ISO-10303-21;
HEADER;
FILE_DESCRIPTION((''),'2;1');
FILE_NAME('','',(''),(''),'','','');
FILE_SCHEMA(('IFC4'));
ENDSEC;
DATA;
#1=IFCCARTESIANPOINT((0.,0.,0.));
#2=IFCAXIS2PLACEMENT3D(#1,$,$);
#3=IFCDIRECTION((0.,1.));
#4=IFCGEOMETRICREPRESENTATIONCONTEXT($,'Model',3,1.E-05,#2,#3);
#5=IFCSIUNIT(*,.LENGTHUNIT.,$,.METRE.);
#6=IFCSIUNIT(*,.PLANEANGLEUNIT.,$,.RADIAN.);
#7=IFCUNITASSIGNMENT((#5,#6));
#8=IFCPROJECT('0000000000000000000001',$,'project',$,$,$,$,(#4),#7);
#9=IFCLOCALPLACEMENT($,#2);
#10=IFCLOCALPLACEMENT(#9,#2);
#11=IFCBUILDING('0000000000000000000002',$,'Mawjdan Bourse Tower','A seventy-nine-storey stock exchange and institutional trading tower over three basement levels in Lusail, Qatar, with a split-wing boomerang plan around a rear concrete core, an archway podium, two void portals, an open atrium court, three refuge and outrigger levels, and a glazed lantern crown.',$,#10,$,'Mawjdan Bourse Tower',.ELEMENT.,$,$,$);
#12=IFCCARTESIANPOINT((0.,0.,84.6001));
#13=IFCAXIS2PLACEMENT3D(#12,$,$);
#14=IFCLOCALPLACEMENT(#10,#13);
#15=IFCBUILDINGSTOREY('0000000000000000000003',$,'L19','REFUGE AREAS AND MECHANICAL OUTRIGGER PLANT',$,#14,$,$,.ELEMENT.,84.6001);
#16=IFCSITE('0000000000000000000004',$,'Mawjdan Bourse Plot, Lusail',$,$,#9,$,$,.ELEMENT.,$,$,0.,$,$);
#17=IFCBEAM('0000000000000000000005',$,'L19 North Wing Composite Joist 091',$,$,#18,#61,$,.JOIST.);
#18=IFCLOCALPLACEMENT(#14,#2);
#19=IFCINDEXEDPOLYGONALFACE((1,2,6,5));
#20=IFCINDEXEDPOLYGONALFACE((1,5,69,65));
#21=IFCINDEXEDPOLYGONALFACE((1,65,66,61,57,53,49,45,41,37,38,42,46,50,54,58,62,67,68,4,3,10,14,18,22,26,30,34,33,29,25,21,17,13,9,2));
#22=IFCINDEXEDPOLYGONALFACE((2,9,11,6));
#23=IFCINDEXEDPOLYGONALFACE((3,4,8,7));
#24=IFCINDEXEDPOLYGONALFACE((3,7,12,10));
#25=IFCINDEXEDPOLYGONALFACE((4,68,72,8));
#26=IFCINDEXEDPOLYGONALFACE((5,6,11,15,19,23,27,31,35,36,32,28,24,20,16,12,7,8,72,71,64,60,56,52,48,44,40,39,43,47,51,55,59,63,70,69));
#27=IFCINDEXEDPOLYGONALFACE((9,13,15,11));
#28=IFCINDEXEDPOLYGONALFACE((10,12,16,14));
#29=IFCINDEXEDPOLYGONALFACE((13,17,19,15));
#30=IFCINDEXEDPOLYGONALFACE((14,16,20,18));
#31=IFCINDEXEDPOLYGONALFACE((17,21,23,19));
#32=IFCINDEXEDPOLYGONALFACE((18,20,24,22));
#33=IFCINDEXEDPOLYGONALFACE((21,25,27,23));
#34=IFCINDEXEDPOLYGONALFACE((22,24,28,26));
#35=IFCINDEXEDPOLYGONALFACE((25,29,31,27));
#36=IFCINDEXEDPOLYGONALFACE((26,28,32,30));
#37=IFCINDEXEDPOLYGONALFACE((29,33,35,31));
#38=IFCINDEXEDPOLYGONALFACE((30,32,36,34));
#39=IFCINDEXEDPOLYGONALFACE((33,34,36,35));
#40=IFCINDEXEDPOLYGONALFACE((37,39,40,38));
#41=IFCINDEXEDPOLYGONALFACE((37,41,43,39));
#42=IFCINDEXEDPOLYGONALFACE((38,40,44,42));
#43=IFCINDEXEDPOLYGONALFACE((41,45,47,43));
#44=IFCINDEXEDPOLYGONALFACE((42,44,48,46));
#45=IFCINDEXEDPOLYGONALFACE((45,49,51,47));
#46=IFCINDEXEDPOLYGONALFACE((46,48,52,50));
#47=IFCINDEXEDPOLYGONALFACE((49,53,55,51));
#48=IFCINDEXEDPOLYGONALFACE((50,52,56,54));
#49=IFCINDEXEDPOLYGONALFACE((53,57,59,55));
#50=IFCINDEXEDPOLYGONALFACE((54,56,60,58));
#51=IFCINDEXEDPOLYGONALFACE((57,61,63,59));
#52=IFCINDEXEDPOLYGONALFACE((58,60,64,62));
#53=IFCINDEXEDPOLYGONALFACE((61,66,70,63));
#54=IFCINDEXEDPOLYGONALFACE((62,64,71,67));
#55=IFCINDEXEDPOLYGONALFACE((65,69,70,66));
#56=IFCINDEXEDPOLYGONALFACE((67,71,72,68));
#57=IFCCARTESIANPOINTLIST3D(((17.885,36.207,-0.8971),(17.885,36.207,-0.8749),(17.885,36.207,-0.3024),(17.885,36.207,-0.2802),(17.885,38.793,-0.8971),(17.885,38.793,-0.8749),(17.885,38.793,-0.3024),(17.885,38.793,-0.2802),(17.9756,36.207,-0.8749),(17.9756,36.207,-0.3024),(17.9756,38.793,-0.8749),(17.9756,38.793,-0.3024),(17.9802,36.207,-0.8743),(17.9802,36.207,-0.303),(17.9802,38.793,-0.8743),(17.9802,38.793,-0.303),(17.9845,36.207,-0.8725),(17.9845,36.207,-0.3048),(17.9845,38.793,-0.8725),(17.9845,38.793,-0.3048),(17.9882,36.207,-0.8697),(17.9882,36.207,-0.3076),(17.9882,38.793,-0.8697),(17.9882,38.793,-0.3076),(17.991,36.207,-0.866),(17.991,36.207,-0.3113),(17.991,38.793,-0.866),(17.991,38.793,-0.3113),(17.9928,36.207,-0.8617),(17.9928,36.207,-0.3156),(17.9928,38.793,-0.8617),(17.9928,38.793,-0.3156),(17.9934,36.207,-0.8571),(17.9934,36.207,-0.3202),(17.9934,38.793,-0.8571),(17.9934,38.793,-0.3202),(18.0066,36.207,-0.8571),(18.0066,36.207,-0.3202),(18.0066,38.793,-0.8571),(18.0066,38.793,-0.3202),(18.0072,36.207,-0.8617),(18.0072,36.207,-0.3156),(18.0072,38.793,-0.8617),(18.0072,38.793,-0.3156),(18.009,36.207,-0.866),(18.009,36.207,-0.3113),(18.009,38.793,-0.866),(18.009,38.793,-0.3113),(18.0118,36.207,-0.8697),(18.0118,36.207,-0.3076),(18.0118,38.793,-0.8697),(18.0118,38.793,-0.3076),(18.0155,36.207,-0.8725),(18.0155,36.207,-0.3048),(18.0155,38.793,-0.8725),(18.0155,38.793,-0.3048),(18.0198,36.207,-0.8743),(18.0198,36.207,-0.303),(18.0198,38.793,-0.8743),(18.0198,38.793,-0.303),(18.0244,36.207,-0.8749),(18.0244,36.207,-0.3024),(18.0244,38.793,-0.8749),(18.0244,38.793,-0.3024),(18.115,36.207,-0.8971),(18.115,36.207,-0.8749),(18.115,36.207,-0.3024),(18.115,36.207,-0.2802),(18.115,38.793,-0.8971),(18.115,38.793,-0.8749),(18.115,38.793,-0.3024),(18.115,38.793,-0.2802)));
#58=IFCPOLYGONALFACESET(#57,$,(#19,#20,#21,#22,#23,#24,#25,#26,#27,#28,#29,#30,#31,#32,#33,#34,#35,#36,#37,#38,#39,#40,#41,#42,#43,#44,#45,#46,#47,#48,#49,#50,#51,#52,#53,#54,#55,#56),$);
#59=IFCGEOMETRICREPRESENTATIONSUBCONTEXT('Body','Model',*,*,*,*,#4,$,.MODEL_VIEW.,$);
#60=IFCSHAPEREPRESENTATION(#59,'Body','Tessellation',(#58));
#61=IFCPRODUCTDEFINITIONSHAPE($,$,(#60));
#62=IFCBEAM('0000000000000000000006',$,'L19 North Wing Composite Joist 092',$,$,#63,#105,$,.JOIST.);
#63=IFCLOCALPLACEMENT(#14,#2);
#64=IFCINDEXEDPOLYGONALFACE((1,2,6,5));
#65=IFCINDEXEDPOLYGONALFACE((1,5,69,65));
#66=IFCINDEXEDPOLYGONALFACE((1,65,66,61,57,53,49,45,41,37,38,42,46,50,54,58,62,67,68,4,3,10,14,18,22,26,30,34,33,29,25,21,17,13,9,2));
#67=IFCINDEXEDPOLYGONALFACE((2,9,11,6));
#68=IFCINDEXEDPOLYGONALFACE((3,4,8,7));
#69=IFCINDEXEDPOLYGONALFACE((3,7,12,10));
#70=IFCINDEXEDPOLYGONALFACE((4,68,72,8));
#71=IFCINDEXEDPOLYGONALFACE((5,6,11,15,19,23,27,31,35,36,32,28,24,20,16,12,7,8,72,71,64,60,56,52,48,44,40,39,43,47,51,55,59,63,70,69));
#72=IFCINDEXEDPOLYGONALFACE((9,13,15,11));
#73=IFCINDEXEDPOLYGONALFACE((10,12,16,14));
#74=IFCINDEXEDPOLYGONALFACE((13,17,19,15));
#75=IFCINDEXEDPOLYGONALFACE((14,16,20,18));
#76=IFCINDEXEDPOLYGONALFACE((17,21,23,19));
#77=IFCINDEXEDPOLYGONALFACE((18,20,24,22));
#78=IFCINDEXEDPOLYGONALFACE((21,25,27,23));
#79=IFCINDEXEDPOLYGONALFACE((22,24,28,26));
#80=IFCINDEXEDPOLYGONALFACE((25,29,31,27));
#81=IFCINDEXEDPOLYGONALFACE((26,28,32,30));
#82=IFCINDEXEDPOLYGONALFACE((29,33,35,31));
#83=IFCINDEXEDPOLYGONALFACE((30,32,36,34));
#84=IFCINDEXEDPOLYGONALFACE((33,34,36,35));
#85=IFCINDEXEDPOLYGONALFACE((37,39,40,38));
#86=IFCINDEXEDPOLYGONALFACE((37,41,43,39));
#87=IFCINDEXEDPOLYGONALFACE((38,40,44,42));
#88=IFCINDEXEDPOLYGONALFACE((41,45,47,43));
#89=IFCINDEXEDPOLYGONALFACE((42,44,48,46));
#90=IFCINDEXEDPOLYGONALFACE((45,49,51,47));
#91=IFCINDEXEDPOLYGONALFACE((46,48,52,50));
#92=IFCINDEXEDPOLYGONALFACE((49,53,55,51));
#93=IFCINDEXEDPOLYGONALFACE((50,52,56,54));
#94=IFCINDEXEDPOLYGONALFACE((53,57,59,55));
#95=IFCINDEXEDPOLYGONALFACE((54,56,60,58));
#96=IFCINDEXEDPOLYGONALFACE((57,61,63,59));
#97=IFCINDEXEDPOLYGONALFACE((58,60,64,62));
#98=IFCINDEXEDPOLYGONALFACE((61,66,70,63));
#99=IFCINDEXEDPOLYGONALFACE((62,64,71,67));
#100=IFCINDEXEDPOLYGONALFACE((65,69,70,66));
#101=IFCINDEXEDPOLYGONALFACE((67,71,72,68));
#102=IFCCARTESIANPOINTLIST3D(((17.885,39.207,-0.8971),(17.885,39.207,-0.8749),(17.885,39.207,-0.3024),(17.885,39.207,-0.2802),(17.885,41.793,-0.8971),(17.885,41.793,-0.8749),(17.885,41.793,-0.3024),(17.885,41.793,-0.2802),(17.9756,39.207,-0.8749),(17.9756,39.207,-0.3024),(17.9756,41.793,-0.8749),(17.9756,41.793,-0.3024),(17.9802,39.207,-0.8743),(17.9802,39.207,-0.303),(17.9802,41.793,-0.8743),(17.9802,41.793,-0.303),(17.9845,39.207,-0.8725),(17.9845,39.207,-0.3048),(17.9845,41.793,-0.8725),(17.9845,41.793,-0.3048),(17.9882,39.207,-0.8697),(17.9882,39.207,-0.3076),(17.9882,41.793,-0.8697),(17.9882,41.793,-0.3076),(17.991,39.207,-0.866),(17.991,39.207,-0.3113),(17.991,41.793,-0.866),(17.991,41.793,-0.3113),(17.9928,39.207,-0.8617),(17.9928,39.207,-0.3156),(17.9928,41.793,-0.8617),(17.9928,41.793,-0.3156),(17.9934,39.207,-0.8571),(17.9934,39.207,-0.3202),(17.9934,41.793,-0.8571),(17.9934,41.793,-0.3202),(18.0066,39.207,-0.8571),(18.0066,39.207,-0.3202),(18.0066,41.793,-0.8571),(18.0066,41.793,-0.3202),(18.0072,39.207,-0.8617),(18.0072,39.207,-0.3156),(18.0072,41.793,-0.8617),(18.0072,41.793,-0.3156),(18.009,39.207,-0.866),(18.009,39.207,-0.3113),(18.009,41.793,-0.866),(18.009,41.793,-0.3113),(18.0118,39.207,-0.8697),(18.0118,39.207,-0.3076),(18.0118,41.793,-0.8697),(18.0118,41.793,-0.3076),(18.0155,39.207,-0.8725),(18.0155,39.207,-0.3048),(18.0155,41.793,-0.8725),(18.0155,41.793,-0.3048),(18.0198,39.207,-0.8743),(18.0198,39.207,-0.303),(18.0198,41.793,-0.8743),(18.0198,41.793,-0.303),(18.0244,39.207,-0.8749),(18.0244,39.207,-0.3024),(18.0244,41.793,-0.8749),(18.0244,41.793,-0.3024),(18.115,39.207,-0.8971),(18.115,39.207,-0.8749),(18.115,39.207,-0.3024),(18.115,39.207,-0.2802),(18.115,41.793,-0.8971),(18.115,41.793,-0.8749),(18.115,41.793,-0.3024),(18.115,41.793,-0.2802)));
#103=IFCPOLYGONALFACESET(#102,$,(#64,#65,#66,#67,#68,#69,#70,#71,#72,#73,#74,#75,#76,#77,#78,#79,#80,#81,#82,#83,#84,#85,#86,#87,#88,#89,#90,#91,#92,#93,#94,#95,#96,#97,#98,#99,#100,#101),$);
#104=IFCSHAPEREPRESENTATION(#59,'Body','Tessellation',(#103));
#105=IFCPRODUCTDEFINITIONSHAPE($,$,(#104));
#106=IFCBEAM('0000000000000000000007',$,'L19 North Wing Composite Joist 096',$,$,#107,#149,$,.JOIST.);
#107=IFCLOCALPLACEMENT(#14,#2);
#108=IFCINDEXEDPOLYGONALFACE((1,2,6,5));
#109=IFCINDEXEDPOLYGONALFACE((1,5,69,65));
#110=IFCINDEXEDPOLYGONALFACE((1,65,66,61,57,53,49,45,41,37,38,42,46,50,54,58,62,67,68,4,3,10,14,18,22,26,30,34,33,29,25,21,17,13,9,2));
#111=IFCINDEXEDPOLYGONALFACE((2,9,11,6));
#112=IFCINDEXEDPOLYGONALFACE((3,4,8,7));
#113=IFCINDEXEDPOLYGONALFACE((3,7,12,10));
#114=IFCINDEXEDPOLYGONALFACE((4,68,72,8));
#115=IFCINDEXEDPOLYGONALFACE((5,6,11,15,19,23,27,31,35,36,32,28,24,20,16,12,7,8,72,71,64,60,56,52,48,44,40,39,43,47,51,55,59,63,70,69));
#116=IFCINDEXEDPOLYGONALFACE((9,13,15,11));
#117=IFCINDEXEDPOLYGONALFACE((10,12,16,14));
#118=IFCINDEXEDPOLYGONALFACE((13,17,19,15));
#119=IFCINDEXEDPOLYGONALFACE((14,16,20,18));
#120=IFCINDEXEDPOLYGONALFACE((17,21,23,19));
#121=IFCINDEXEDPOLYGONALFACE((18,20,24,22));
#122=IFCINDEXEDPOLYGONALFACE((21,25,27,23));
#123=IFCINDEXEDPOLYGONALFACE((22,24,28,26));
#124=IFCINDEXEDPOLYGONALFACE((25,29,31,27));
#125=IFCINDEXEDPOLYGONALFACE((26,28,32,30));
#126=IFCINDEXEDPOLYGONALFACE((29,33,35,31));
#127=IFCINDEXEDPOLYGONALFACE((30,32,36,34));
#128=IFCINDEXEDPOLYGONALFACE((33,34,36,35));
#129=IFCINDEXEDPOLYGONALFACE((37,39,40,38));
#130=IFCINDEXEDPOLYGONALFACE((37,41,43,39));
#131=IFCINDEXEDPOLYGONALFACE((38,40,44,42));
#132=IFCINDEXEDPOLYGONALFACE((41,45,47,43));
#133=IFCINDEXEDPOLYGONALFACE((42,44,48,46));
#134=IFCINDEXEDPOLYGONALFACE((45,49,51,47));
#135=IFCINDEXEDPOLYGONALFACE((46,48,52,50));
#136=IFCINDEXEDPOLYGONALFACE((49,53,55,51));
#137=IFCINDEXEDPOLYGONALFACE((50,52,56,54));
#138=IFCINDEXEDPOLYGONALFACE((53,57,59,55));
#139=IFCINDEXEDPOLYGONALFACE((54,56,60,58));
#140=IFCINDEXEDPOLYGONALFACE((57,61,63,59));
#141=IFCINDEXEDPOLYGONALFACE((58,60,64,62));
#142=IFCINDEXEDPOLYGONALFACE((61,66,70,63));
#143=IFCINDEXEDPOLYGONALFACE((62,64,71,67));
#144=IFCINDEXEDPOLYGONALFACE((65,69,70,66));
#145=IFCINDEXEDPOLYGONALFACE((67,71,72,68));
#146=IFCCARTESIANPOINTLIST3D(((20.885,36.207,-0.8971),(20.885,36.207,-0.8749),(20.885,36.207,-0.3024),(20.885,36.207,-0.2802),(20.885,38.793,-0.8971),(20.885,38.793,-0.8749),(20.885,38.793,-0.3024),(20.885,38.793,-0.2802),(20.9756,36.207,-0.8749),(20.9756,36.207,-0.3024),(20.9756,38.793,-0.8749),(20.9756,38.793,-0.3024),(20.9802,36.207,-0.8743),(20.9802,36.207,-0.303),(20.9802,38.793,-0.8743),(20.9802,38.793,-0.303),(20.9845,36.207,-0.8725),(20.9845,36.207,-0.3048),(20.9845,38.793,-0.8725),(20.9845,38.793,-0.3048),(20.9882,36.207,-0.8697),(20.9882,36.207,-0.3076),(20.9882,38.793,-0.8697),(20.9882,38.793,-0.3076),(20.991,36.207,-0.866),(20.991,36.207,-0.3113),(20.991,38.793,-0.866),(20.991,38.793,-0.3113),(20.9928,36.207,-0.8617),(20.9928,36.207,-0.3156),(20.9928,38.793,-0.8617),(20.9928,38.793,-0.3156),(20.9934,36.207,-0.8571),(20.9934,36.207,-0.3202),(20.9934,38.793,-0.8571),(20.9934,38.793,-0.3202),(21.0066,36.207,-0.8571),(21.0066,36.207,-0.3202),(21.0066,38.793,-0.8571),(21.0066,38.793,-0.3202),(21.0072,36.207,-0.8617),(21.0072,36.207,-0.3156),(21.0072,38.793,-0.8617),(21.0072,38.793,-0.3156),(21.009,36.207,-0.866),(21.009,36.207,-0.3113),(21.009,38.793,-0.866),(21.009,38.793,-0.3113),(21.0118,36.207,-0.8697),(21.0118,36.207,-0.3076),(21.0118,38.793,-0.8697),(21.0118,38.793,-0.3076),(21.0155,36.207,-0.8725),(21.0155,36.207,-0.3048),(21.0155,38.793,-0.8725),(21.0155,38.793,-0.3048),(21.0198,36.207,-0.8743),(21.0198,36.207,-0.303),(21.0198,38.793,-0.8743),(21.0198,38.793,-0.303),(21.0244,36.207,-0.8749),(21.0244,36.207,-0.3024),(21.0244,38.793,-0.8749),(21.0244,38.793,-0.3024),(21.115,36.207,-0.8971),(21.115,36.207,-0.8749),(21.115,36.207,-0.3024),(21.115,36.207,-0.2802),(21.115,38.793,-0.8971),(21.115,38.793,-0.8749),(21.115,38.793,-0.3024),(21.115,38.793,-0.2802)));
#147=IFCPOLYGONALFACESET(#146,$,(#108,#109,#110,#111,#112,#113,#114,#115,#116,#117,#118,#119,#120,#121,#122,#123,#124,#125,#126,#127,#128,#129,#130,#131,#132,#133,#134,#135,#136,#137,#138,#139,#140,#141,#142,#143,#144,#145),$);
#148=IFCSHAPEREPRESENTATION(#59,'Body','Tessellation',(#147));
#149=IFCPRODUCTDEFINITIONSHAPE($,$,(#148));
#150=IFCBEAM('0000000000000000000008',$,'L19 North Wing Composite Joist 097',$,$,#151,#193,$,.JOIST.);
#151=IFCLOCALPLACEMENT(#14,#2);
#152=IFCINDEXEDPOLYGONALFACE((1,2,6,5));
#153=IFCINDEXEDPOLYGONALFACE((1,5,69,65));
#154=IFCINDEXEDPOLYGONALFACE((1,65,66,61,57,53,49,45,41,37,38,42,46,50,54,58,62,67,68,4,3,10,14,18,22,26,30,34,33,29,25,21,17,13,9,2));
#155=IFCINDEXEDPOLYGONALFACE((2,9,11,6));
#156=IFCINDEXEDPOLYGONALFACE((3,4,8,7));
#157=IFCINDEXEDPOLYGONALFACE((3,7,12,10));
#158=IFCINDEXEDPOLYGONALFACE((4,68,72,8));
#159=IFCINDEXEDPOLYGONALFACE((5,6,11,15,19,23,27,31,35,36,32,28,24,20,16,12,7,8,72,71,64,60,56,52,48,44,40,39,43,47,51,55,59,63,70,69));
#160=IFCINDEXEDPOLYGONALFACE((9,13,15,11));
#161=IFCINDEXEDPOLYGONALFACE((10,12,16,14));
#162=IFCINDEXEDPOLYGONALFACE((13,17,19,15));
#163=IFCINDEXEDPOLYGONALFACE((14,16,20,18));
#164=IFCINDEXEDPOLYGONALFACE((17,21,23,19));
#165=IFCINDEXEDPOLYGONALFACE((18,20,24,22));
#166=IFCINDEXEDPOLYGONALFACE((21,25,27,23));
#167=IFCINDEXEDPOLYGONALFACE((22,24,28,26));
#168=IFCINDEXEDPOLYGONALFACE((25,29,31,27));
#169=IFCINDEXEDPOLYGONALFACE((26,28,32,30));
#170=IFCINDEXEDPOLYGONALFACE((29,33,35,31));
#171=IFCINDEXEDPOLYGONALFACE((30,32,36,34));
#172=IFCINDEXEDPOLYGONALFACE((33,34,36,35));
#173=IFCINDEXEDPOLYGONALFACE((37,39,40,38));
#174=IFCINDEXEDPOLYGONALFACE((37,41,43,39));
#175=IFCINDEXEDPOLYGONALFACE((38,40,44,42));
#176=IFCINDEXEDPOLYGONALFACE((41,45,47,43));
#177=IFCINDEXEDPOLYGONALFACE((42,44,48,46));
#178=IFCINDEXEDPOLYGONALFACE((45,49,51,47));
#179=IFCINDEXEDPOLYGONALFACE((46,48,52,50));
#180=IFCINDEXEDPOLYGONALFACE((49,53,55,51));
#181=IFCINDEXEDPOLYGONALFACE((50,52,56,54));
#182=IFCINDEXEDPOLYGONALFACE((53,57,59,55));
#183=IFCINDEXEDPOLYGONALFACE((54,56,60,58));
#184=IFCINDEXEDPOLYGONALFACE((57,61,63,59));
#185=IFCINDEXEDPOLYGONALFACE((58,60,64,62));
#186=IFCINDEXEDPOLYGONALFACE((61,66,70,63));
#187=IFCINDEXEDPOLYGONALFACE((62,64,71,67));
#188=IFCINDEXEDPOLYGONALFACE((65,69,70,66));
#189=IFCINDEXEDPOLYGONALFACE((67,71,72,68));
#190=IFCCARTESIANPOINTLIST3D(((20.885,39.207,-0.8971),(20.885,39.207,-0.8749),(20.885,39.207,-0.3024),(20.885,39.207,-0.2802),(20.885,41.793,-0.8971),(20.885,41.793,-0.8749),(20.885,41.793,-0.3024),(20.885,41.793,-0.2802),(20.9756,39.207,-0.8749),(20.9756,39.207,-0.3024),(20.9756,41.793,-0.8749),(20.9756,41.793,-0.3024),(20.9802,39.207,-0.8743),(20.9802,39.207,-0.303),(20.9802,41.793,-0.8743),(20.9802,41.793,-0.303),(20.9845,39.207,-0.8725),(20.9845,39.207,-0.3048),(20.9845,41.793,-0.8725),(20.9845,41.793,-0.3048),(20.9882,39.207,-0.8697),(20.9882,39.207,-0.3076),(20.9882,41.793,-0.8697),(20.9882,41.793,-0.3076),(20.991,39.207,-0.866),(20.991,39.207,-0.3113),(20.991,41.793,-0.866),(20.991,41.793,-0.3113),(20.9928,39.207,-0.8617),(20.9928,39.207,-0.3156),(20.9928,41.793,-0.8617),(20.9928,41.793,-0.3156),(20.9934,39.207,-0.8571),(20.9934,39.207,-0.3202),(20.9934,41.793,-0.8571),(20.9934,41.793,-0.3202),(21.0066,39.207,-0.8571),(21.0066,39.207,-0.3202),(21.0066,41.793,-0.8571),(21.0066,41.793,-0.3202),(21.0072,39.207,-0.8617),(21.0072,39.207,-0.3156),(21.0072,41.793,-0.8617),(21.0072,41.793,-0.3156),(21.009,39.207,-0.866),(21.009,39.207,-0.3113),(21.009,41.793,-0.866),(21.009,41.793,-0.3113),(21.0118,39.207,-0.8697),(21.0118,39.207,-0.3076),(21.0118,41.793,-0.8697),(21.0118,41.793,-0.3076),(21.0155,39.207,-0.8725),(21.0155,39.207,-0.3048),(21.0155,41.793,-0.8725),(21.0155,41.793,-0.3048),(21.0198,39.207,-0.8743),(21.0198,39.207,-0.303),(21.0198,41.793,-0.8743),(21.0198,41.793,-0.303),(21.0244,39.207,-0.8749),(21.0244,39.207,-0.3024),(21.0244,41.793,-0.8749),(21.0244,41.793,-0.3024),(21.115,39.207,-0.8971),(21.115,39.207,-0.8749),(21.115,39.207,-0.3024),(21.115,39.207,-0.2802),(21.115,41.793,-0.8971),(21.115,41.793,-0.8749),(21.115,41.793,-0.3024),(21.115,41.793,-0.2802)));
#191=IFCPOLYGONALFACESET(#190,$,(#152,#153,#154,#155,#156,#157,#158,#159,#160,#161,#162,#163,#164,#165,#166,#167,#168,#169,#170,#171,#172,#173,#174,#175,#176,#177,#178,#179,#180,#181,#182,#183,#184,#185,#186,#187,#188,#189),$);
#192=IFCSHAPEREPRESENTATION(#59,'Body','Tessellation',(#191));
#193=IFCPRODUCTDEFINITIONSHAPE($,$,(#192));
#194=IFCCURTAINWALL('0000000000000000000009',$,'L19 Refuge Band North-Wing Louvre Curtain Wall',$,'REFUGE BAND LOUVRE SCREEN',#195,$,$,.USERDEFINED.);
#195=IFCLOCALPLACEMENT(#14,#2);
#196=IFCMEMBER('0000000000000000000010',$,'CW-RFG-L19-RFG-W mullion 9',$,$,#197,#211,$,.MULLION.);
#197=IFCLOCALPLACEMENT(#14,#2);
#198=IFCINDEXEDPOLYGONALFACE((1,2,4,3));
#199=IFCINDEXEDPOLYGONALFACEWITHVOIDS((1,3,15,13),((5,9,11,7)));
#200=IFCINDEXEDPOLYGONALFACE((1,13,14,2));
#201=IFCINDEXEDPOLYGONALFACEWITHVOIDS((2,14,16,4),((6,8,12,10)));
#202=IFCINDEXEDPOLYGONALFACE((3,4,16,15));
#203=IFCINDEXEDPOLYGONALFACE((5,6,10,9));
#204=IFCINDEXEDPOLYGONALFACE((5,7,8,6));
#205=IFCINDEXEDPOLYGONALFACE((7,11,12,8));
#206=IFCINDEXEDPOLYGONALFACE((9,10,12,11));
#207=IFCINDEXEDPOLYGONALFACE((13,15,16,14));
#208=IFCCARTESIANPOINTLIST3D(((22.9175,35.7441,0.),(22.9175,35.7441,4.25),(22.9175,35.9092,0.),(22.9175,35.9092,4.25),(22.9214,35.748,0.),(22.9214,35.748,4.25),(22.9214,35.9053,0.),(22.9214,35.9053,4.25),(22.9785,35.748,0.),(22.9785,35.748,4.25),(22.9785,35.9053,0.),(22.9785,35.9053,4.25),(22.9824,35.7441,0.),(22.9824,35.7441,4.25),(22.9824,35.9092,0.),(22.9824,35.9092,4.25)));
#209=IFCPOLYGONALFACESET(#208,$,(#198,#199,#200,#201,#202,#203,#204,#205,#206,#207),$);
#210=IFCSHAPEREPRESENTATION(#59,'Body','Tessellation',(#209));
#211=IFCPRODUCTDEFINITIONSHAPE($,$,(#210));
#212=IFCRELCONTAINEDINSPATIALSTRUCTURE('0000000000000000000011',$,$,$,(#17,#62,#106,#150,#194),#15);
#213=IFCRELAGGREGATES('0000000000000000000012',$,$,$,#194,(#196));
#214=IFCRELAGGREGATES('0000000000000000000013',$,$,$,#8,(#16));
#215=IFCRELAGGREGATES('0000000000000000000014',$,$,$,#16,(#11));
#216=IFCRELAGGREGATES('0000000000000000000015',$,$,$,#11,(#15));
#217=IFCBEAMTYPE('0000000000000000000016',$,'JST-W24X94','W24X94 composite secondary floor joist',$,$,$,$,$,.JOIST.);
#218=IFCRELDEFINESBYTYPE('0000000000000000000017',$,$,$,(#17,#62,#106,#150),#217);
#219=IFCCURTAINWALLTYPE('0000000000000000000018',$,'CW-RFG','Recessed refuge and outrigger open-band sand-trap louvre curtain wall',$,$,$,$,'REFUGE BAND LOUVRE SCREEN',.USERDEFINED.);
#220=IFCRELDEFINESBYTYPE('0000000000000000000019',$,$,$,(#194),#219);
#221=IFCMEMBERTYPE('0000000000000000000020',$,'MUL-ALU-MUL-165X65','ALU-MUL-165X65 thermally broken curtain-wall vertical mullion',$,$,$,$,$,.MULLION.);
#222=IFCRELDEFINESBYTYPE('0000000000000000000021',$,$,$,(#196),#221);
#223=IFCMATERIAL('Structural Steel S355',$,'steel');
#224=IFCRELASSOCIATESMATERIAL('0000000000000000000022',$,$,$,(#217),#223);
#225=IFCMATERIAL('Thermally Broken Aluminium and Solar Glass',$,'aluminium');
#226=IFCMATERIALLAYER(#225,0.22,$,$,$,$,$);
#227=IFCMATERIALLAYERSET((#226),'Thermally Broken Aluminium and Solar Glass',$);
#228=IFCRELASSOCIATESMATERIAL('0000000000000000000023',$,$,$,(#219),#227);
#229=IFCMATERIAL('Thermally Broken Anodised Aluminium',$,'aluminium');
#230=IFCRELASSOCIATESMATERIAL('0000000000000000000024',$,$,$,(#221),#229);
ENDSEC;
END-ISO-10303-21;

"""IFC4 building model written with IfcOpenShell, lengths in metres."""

from ifc_helpers import new_model, si_unit, direction, frame, origin, origin_2d, place, context, subcontext, project, spatial, hollow_rectangle, i_section, extrude, material, layer, layer_set, material_profile, profile_set, type_object, element, aggregate, save


model = new_model("IFC4")

# Units and contexts
model_context = context("Model", 3, precision=1e-05, world=origin(), true_north=direction((0.0, 1.0)))
body_context = subcontext(model_context, "Body", "Model", "MODEL_VIEW")
ifc_project = project(units=[si_unit("LENGTHUNIT", "METRE"), si_unit("PLANEANGLEUNIT", "RADIAN")], contexts=[model_context])

# Site, building, storey
site_placement = place(None, origin())
site = spatial("IfcSite", under=ifc_project, at=site_placement, Name="Mawjdan Bourse Plot, Lusail", CompositionType="ELEMENT", RefElevation=0.0)
building_placement = place(site_placement, origin())
building = spatial("IfcBuilding", under=site, at=building_placement, Name="Mawjdan Bourse Tower", Description="A seventy-nine-storey stock exchange and institutional trading tower over three basement levels in Lusail, Qatar, with a split-wing boomerang plan around a rear concrete core, an archway podium, two void portals, an open atrium court, three refuge and outrigger levels, and a glazed lantern crown.", LongName="Mawjdan Bourse Tower", CompositionType="ELEMENT")
storey_placement = place(building_placement, frame((0.0, 0.0, 84.6001)))
storey = spatial("IfcBuildingStorey", under=building, at=storey_placement, Name="L19", Description="REFUGE AREAS AND MECHANICAL OUTRIGGER PLANT", CompositionType="ELEMENT", Elevation=84.6001)

# Beams
ifc_material_1 = material(Name="Structural Steel S355", Category="steel")
ifc_material_profile_1 = material_profile(ifc_material_1, i_section(OverallWidth=0.23, OverallDepth=0.6169, WebThickness=0.0132, FlangeThickness=0.0222, FilletRadius=0.0178, at=origin_2d()), Name="W24X94")
ifc_profile_set_1 = profile_set([ifc_material_profile_1], Name="Structural Steel S355")
beam_type_1 = type_object("IfcBeamType", Name="JST-W24X94", Description="W24X94 composite secondary floor joist", PredefinedType="JOIST", material=ifc_profile_set_1)
for number, where, z_axis, x_axis, name in (
    (1, (18.0, 36.207, -0.5886), (0.0, 1.0, 0.0), (-1.0, 0.0, 0.0), "L19 North Wing Composite Joist 091"),
    (2, (18.0, 39.207, -0.5886), (0.0, 1.0, 0.0), (-1.0, 0.0, 0.0), "L19 North Wing Composite Joist 092"),
    (3, (21.0, 36.207, -0.5886), (0.0, 1.0, 0.0), (-1.0, 0.0, 0.0), "L19 North Wing Composite Joist 096"),
    (4, (21.0, 39.207, -0.5886), (0.0, 1.0, 0.0), (-1.0, 0.0, 0.0), "L19 North Wing Composite Joist 097"),
):
    element("IfcBeam", number, at=place(storey_placement, frame(where, z_axis=z_axis, x_axis=x_axis)), inside=storey, type_object=beam_type_1, Name=name, PredefinedType="JOIST", context=body_context, shape_type="SweptSolid", body=[
        extrude(i_section(OverallWidth=0.23, OverallDepth=0.6169, WebThickness=0.0132, FlangeThickness=0.0222, FilletRadius=0.0178, at=origin_2d()), origin(), (0.0, 0.0, 1.0), 2.5859),
    ])

# Curtain wall, member
ifc_material_2 = material(Name="Thermally Broken Aluminium and Solar Glass", Category="aluminium")
ifc_layer_1 = layer(ifc_material_2, 0.22)
ifc_layer_set_1 = layer_set([ifc_layer_1], Name="Thermally Broken Aluminium and Solar Glass")
curtain_wall_type = type_object("IfcCurtainWallType", Name="CW-RFG", Description="Recessed refuge and outrigger open-band sand-trap louvre curtain wall", ElementType="REFUGE BAND LOUVRE SCREEN", PredefinedType="USERDEFINED", material=ifc_layer_set_1)
curtain_wall_placement = place(storey_placement, origin())
curtain_wall = element("IfcCurtainWall", 5, at=curtain_wall_placement, inside=storey, type_object=curtain_wall_type, Name="L19 Refuge Band North-Wing Louvre Curtain Wall", ObjectType="REFUGE BAND LOUVRE SCREEN", PredefinedType="USERDEFINED")
ifc_material_3 = material(Name="Thermally Broken Anodised Aluminium", Category="aluminium")
ifc_material_profile_2 = material_profile(ifc_material_3, hollow_rectangle(XDim=0.0649, YDim=0.165, WallThickness=0.0039, at=origin_2d()), Name="ALU-MUL-165X65")
ifc_profile_set_2 = profile_set([ifc_material_profile_2], Name="Thermally Broken Anodised Aluminium")
member_type_1 = type_object("IfcMemberType", Name="MUL-ALU-MUL-165X65", Description="ALU-MUL-165X65 thermally broken curtain-wall vertical mullion", PredefinedType="MULLION", material=ifc_profile_set_2)
member_1_placement = place(storey_placement, frame((22.95, 35.8267, 0.0), z_axis=(0.0, 0.0, 1.0), x_axis=(-1.0, 0.0, 0.0)))
member_1 = element("IfcMember", 6, at=member_1_placement, type_object=member_type_1, Name="CW-RFG-L19-RFG-W mullion 9", PredefinedType="MULLION", context=body_context, shape_type="SweptSolid", body=[
    extrude(hollow_rectangle(XDim=0.0649, YDim=0.165, WallThickness=0.0039, at=origin_2d()), origin(), (0.0, 0.0, 1.0), 4.25),
])

aggregate(curtain_wall, [member_1])

save(model, "model.ifc")
